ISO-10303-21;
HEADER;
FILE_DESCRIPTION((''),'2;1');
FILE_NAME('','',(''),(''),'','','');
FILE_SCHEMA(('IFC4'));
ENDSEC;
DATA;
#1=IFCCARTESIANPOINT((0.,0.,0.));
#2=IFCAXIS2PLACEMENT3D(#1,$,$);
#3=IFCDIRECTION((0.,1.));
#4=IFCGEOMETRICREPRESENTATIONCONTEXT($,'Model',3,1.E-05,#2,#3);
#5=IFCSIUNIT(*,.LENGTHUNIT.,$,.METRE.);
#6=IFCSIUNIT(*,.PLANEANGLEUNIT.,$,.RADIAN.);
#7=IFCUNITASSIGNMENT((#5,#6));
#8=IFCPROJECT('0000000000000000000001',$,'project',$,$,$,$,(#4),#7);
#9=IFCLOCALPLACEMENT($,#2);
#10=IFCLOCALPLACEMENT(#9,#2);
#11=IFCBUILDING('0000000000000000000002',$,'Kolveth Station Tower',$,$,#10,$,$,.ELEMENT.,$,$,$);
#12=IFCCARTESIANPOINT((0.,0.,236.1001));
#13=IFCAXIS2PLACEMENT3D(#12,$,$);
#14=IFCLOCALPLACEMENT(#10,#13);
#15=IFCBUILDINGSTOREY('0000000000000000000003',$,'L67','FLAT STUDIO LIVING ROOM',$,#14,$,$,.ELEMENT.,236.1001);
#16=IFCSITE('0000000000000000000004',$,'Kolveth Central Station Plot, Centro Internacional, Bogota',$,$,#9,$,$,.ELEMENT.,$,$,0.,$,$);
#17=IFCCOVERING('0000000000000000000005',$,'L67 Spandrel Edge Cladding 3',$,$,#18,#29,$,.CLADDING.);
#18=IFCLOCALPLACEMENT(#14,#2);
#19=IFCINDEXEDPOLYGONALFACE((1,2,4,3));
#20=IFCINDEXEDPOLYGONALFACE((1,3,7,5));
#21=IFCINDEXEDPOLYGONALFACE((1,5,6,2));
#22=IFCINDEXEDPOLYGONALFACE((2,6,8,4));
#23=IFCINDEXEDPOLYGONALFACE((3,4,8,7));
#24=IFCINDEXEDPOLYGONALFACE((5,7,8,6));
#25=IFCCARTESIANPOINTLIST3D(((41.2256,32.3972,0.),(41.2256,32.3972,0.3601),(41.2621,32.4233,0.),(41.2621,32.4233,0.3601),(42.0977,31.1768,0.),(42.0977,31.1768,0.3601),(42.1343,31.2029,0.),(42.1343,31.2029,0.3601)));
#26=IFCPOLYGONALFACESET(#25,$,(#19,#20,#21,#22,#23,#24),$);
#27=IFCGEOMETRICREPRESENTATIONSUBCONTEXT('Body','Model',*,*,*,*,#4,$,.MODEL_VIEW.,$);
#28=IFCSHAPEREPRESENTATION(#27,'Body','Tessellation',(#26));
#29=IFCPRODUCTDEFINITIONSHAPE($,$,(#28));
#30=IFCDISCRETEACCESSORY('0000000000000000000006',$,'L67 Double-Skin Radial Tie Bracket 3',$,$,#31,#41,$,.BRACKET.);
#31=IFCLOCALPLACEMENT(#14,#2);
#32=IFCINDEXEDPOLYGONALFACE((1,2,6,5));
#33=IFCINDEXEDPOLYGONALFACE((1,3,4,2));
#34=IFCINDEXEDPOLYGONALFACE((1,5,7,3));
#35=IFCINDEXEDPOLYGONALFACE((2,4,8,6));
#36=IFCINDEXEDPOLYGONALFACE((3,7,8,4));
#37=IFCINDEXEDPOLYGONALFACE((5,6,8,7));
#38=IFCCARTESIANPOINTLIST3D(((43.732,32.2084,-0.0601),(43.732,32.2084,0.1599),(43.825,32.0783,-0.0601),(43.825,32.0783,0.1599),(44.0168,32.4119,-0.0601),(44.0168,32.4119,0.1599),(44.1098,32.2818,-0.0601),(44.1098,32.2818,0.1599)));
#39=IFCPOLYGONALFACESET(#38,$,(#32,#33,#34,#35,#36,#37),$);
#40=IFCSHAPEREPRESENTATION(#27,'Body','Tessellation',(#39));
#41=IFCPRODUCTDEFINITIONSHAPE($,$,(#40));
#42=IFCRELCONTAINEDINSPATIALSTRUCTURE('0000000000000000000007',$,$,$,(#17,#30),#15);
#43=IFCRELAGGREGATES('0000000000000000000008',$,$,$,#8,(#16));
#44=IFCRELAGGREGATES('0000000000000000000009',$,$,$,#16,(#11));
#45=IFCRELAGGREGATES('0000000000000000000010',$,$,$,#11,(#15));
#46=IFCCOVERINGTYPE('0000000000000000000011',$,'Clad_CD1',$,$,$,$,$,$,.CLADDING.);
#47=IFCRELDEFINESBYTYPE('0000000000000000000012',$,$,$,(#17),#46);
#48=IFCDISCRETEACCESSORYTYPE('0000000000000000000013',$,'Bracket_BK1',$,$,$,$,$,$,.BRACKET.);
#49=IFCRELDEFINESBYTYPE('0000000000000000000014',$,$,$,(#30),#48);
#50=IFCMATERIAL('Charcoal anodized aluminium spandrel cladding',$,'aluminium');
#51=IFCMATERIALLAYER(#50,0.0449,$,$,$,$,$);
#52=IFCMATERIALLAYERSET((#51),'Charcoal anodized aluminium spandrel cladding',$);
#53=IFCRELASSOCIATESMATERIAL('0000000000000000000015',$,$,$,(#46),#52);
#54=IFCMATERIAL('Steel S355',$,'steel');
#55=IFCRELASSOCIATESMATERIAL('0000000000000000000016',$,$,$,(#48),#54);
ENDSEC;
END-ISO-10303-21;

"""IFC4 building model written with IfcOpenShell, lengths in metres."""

from ifc_helpers import new_model, si_unit, direction, frame, origin, origin_2d, place, context, subcontext, project, spatial, rectangle, extrude, source, transform, mapped, material, layer, layer_set, type_object, element, save


model = new_model("IFC4")

# Units and contexts
model_context = context("Model", 3, precision=1e-05, world=origin(), true_north=direction((0.0, 1.0)))
body_context = subcontext(model_context, "Body", "Model", "MODEL_VIEW")
ifc_project = project(units=[si_unit("LENGTHUNIT", "METRE"), si_unit("PLANEANGLEUNIT", "RADIAN")], contexts=[model_context])

# Site, building, storey
site_placement = place(None, origin())
site = spatial("IfcSite", under=ifc_project, at=site_placement, Name="Kolveth Central Station Plot, Centro Internacional, Bogota", CompositionType="ELEMENT", RefElevation=0.0)
building_placement = place(site_placement, origin())
building = spatial("IfcBuilding", under=site, at=building_placement, Name="Kolveth Station Tower", CompositionType="ELEMENT")
storey_placement = place(building_placement, frame((0.0, 0.0, 236.1001)))
storey = spatial("IfcBuildingStorey", under=building, at=storey_placement, Name="L67", Description="FLAT STUDIO LIVING ROOM", CompositionType="ELEMENT", Elevation=236.1001)

# Shared definitions
ifc_material_1 = material(Name="Steel S355", Category="steel")

# Covering
ifc_material_2 = material(Name="Charcoal anodized aluminium spandrel cladding", Category="aluminium")
ifc_layer_1 = layer(ifc_material_2, 0.0449)
ifc_layer_set_1 = layer_set([ifc_layer_1], Name="Charcoal anodized aluminium spandrel cladding")
covering_type = type_object("IfcCoveringType", Name="Clad_CD1", PredefinedType="CLADDING", material=ifc_layer_set_1)
shared_shape_1 = source(origin(), body_context, "Body", "SweptSolid", [
    extrude(rectangle(XDim=1.5, YDim=0.0449, at=origin_2d()), origin(), (0.0, 0.0, 1.0), 0.3601),
])
covering_placement = place(storey_placement, frame((41.6799, 31.8, 0.0), z_axis=(0.0, 0.0, 1.0), x_axis=(-0.581413, 0.813608, 0.0)))
element("IfcCovering", 1, at=covering_placement, inside=storey, type_object=covering_type, Name="L67 Spandrel Edge Cladding 3", PredefinedType="CLADDING", context=body_context, shape_type="MappedRepresentation", body=[
    mapped(shared_shape_1, transform((0.0, 0.0, 0.0), x_axis=(1.0, 0.0, 0.0), y_axis=(0.0, 1.0, 0.0), z_axis=(0.0, 0.0, 1.0), scale=1.0)),
])

# Discrete accessory
discrete_accessory_type = type_object("IfcDiscreteAccessoryType", Name="Bracket_BK1", PredefinedType="BRACKET", material=ifc_material_1)
shared_shape_2 = source(origin(), body_context, "Body", "SweptSolid", [
    extrude(rectangle(XDim=0.3501, YDim=0.1599, at=origin_2d()), origin(), (0.0, 0.0, 1.0), 0.22),
])
discrete_accessory_placement = place(storey_placement, frame((43.9209, 32.2451, -0.0601), z_axis=(0.0, 0.0, 1.0), x_axis=(0.813608, 0.581413, 0.0)))
element("IfcDiscreteAccessory", 2, at=discrete_accessory_placement, inside=storey, type_object=discrete_accessory_type, Name="L67 Double-Skin Radial Tie Bracket 3", PredefinedType="BRACKET", context=body_context, shape_type="MappedRepresentation", body=[
    mapped(shared_shape_2, transform((0.0, 0.0, 0.0), x_axis=(1.0, 0.0, 0.0), y_axis=(0.0, 1.0, 0.0), z_axis=(0.0, 0.0, 1.0), scale=1.0)),
])

save(model, "model.ifc")
